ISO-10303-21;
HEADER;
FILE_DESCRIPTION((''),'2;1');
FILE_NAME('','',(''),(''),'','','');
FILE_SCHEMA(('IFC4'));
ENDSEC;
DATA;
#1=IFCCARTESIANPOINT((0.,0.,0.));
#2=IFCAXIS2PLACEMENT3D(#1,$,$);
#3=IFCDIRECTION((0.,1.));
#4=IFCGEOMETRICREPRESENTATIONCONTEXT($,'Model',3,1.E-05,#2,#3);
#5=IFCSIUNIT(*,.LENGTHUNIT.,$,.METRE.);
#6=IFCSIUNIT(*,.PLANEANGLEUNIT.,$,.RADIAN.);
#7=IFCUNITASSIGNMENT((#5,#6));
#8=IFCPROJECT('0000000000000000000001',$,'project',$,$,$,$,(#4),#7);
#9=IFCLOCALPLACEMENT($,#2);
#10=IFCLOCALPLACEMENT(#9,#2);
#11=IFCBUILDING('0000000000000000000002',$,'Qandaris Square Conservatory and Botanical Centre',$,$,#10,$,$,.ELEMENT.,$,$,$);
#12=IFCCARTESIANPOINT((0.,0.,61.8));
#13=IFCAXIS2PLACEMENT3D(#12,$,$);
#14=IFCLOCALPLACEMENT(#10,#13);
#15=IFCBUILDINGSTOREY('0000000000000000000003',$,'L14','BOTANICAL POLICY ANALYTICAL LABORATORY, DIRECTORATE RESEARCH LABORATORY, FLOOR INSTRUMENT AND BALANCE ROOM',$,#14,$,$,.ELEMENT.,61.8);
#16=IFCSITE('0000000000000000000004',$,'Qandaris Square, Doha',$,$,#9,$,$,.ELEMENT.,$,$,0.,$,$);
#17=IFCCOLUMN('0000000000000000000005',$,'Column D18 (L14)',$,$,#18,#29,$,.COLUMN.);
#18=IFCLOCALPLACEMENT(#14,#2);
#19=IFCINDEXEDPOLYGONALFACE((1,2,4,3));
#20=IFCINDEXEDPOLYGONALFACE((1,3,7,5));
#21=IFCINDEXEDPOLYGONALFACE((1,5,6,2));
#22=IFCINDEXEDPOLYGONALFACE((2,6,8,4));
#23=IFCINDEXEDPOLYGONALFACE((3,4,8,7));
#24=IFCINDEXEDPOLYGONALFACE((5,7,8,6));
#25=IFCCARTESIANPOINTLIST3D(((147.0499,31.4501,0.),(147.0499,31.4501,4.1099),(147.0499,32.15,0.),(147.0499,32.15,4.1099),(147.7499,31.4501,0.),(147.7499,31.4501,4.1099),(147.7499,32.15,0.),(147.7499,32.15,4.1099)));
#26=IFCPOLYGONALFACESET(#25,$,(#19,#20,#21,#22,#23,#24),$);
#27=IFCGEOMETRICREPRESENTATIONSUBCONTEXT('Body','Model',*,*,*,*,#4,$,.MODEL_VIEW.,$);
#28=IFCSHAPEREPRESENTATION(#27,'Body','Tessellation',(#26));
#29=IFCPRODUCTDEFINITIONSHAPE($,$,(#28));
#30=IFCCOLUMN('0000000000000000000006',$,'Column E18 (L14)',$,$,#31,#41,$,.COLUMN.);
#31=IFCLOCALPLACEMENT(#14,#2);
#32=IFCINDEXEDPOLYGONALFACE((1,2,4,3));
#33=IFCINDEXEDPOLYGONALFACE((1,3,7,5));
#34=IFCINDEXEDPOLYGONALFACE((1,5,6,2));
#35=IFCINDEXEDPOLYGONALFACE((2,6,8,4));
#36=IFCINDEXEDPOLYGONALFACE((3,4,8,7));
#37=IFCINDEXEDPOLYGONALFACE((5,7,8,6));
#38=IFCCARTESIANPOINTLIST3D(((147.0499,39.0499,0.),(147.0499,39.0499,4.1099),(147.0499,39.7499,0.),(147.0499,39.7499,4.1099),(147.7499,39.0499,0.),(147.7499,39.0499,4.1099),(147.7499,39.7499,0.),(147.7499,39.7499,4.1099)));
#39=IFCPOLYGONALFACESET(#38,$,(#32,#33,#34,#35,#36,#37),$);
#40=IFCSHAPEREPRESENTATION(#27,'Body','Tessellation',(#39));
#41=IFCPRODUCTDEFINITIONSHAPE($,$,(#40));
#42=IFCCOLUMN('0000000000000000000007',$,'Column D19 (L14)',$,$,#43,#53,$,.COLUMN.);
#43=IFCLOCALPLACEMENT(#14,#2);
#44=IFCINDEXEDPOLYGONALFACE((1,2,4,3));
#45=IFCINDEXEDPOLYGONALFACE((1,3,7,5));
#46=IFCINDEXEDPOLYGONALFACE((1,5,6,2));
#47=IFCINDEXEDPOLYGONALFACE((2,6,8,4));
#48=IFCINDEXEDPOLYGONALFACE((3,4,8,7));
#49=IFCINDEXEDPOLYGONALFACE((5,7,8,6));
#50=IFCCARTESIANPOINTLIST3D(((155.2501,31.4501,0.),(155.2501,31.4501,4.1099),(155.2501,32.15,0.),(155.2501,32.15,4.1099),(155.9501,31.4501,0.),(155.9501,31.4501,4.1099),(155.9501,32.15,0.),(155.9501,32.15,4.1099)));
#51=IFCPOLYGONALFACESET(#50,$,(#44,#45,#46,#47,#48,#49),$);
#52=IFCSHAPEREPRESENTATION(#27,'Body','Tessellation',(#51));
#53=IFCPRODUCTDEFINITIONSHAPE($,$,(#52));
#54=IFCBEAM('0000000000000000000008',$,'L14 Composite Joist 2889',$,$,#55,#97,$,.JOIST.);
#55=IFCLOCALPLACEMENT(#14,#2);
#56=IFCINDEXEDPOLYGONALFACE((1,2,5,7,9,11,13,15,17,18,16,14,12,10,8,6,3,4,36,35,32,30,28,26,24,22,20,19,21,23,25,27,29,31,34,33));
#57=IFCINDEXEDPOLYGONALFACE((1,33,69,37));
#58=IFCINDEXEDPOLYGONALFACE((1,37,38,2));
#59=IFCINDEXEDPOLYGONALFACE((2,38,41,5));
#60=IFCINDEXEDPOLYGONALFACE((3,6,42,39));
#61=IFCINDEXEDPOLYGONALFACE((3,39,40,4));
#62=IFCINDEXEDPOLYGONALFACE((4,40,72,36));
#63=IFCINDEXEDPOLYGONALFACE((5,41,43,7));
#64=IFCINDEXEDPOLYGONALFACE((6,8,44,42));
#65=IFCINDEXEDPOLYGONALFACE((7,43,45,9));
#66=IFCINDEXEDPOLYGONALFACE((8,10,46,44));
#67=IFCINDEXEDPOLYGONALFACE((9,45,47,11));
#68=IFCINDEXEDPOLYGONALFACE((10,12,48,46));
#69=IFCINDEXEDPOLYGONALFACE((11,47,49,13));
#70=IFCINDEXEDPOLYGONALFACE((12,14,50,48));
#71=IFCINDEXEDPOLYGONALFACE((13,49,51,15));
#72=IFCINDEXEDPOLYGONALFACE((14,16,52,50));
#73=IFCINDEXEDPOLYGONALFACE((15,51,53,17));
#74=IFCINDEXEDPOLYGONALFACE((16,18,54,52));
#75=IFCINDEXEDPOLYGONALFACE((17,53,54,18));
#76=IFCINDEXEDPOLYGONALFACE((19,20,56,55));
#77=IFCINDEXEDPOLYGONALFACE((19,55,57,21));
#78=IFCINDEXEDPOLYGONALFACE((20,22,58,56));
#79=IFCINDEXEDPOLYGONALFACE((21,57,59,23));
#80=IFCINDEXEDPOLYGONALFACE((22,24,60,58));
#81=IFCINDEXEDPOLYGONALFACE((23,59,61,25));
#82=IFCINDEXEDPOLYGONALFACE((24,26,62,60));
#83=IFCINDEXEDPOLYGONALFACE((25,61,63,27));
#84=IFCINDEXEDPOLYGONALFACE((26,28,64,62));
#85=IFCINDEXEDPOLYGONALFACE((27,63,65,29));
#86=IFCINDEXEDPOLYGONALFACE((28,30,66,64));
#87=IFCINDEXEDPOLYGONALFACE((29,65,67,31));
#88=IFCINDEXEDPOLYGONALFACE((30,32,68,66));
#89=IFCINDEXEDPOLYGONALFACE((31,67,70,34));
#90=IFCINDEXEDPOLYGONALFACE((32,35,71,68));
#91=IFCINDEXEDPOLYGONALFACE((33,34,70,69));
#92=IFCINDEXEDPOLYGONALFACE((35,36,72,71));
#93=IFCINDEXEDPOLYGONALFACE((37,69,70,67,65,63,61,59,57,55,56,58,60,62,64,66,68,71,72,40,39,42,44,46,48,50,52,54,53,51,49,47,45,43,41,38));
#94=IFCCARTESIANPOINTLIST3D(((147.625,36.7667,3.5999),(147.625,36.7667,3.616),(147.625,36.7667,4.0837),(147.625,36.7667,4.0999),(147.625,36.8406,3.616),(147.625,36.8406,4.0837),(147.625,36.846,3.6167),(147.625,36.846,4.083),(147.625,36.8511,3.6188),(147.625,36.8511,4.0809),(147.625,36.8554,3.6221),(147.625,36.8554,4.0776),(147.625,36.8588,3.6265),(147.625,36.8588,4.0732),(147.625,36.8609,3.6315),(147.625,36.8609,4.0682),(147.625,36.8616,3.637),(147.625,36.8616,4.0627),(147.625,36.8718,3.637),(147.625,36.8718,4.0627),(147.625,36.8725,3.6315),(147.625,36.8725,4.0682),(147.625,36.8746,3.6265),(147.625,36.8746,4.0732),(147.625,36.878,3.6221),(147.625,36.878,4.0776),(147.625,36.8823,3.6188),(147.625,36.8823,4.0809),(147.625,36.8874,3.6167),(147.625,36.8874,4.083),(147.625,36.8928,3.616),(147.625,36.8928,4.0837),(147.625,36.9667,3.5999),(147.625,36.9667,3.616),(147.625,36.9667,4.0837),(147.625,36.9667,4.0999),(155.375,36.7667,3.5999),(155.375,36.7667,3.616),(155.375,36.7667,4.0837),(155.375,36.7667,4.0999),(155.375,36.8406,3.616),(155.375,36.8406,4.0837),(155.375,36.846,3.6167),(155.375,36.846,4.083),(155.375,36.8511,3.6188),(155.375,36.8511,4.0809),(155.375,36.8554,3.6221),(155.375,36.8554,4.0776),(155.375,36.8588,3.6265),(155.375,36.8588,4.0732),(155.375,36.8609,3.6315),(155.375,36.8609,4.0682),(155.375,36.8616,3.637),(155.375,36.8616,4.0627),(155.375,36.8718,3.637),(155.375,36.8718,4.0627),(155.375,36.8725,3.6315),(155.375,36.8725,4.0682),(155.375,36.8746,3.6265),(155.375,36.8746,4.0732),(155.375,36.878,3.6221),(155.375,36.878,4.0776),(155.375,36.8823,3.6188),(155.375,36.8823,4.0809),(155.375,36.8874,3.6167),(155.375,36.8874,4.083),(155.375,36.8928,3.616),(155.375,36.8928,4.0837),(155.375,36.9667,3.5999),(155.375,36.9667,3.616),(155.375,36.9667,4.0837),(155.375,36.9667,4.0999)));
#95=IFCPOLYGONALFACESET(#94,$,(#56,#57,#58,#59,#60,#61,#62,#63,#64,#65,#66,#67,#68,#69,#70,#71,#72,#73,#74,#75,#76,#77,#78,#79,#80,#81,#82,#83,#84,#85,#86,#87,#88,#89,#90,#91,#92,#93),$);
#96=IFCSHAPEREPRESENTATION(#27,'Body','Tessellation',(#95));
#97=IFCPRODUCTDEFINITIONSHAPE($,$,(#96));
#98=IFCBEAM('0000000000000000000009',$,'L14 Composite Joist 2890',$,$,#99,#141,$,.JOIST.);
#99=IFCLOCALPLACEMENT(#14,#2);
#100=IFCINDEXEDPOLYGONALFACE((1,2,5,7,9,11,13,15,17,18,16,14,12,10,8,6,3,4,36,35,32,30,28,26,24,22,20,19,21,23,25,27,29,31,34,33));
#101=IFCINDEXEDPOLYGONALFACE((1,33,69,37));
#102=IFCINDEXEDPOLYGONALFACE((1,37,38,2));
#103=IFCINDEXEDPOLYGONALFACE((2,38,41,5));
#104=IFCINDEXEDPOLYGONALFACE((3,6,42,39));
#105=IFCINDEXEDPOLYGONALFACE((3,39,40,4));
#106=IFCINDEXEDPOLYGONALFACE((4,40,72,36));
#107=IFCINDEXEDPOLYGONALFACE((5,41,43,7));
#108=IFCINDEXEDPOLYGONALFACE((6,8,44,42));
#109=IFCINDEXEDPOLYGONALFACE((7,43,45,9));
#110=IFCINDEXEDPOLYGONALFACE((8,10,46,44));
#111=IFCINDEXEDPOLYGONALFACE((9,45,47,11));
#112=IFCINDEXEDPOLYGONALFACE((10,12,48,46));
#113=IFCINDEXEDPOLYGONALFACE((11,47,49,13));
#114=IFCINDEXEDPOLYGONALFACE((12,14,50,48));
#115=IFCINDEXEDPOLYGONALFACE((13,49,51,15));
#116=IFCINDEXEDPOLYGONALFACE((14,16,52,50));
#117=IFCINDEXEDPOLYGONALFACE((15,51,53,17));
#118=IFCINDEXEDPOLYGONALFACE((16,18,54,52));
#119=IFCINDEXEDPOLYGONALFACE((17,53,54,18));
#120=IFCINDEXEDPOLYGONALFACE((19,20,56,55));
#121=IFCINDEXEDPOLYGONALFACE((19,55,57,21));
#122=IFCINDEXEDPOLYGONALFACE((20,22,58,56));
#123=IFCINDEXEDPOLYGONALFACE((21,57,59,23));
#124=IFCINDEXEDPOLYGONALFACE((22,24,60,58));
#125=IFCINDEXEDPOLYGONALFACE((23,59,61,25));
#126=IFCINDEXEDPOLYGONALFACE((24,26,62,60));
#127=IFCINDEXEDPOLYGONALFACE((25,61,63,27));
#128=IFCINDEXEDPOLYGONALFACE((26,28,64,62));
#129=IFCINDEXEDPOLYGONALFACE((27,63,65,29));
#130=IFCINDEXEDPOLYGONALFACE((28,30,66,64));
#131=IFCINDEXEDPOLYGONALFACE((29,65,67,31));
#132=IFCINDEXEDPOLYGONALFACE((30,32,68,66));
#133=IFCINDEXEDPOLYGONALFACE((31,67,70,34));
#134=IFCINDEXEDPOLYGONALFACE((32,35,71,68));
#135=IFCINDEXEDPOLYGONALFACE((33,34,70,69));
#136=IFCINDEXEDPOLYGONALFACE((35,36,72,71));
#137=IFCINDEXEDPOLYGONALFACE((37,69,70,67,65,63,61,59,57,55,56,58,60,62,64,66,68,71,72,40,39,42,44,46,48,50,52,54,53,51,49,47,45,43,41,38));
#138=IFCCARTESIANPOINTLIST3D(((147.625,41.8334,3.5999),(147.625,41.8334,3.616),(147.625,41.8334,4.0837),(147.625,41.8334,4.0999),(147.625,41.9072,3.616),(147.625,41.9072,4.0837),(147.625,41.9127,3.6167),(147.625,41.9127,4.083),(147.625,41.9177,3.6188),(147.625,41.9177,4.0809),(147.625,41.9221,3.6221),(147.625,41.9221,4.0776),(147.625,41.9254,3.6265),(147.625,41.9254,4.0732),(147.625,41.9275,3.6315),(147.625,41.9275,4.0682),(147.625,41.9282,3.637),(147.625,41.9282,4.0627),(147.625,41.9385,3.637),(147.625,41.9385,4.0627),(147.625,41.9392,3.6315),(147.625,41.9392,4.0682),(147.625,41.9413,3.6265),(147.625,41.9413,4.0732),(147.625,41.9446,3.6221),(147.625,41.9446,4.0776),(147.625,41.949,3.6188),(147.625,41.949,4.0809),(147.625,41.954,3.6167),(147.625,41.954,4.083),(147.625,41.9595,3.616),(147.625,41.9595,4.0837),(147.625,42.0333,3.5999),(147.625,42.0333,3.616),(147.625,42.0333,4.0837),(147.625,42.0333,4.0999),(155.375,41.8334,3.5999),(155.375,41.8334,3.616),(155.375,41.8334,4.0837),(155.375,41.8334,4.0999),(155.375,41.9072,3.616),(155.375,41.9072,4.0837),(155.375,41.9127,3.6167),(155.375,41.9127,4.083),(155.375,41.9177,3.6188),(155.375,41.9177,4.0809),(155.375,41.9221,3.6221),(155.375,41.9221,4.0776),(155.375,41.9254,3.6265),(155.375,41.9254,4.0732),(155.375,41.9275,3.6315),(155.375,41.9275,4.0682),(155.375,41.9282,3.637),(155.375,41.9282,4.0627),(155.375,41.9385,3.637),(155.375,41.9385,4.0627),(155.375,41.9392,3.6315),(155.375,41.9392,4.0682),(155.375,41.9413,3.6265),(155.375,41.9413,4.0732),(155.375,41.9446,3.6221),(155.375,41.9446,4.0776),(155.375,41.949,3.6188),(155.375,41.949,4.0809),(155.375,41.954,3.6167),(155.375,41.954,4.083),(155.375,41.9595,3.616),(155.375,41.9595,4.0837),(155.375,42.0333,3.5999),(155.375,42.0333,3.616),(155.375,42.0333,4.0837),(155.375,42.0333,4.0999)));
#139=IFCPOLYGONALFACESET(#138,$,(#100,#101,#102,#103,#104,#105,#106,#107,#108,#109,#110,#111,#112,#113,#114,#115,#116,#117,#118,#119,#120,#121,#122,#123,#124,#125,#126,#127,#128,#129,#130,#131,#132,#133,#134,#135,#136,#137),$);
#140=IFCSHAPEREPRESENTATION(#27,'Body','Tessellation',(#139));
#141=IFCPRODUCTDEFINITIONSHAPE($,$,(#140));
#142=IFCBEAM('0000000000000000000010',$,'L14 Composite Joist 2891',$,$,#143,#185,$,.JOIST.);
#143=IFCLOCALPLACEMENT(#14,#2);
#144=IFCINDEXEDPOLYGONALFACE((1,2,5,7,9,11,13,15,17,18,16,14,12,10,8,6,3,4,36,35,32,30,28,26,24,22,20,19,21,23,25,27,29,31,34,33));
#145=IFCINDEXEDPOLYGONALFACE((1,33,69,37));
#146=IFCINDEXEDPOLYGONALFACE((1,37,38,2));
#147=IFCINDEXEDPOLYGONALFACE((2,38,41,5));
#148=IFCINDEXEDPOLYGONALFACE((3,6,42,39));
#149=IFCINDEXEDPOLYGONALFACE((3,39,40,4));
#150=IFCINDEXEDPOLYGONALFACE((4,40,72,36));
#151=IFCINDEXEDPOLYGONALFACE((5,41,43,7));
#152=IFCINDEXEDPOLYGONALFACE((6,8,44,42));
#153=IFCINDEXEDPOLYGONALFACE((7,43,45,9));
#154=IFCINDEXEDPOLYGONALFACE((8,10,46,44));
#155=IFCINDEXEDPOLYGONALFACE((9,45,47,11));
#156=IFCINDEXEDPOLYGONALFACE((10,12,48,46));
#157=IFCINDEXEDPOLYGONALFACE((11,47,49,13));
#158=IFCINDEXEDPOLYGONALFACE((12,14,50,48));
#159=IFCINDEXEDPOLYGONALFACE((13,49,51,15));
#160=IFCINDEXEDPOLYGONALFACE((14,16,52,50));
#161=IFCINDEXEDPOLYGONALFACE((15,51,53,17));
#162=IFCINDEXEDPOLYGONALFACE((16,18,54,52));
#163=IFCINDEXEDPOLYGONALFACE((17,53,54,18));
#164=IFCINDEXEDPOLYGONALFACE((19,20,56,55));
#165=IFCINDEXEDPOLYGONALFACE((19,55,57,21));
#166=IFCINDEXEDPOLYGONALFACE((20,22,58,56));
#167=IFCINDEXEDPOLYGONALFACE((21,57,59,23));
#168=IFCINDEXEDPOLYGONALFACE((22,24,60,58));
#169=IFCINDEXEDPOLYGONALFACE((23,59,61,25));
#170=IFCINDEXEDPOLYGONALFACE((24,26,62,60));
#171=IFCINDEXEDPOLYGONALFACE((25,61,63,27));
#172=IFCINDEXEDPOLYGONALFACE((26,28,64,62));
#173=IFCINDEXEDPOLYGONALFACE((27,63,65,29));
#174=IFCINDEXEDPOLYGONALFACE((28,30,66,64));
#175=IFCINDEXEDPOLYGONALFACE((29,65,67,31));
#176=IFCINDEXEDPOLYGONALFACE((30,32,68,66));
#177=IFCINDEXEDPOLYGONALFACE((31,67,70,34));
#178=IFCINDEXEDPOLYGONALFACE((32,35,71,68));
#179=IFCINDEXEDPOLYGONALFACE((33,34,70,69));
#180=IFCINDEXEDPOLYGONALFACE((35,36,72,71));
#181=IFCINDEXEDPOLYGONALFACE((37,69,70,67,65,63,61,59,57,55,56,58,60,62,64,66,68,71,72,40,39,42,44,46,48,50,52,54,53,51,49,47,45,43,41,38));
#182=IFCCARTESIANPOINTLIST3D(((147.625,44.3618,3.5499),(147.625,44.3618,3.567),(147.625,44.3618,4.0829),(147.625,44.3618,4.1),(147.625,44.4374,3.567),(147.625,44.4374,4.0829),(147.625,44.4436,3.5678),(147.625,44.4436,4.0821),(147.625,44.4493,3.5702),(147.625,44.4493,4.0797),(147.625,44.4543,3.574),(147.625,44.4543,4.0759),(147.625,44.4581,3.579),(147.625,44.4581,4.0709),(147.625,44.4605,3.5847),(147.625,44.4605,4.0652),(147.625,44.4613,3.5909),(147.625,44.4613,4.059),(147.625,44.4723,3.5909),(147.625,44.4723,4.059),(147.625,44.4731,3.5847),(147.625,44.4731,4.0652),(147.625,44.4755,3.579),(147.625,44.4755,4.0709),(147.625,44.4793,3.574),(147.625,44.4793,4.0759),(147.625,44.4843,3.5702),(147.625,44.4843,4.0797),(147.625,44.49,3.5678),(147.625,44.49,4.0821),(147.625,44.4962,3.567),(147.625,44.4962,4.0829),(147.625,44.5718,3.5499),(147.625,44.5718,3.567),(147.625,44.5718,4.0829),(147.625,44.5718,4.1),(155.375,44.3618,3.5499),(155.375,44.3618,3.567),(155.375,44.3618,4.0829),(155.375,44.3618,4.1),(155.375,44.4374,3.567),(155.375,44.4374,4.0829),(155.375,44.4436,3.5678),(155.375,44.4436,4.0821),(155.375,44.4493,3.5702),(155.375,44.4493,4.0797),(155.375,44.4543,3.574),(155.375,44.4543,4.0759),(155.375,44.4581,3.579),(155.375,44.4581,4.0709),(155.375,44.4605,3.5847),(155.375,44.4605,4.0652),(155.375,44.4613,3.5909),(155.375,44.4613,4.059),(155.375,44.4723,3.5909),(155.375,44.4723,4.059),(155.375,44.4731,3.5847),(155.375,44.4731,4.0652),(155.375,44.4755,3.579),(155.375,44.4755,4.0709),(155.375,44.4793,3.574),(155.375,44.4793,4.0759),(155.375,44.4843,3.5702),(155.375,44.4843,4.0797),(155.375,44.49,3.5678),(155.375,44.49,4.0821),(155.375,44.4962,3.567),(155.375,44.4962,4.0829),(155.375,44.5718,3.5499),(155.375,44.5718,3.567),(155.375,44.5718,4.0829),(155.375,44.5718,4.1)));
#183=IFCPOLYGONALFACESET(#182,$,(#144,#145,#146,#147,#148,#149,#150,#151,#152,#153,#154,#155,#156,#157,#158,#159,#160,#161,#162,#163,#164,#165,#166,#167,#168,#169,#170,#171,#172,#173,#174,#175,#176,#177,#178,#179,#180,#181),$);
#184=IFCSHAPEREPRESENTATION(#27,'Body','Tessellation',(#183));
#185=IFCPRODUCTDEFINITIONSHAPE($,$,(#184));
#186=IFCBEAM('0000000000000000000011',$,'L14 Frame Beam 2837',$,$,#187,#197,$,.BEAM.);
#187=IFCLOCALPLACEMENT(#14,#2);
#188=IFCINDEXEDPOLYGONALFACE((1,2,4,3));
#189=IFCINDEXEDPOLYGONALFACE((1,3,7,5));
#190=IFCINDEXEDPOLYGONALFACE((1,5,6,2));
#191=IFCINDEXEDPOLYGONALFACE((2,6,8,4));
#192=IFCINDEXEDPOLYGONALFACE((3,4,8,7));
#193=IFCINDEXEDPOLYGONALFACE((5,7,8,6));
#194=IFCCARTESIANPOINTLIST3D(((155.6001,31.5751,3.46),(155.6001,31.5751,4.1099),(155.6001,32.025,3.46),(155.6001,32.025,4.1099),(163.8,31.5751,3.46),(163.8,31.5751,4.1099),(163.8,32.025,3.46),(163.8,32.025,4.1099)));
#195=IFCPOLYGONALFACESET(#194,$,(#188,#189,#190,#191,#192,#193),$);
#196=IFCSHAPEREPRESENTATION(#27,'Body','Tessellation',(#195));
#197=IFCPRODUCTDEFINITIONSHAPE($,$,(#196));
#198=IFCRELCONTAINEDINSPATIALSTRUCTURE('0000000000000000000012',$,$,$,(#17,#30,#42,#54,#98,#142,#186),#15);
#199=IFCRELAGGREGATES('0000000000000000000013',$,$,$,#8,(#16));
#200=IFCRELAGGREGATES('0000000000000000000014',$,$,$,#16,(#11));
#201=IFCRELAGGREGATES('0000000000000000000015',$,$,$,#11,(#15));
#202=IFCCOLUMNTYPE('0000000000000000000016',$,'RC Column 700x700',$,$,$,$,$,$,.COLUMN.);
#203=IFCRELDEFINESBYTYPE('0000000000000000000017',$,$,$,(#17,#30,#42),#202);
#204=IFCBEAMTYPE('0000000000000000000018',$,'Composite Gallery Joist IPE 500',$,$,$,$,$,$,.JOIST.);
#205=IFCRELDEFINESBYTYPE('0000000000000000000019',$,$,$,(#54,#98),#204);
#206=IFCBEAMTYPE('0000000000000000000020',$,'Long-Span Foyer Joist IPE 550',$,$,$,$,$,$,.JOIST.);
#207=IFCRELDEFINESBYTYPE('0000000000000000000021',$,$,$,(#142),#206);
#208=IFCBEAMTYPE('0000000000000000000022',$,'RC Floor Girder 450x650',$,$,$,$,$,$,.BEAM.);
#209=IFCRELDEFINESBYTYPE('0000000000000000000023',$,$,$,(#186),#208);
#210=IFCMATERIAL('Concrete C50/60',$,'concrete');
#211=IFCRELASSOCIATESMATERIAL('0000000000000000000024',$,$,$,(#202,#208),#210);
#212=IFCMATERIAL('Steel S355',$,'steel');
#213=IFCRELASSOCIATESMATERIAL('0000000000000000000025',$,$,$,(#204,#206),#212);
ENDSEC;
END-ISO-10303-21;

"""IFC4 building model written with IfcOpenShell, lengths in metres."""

from ifc_helpers import new_model, si_unit, direction, frame, origin, origin_2d, place, context, subcontext, project, spatial, rectangle, i_section, extrude, material, material_profile, profile_set, type_object, element, save


model = new_model("IFC4")

# Units and contexts
model_context = context("Model", 3, precision=1e-05, world=origin(), true_north=direction((0.0, 1.0)))
body_context = subcontext(model_context, "Body", "Model", "MODEL_VIEW")
ifc_project = project(units=[si_unit("LENGTHUNIT", "METRE"), si_unit("PLANEANGLEUNIT", "RADIAN")], contexts=[model_context])

# Site, building, storey
site_placement = place(None, origin())
site = spatial("IfcSite", under=ifc_project, at=site_placement, Name="Qandaris Square, Doha", CompositionType="ELEMENT", RefElevation=0.0)
building_placement = place(site_placement, origin())
building = spatial("IfcBuilding", under=site, at=building_placement, Name="Qandaris Square Conservatory and Botanical Centre", CompositionType="ELEMENT")
storey_placement = place(building_placement, frame((0.0, 0.0, 61.8)))
storey = spatial("IfcBuildingStorey", under=building, at=storey_placement, Name="L14", Description="BOTANICAL POLICY ANALYTICAL LABORATORY, DIRECTORATE RESEARCH LABORATORY, FLOOR INSTRUMENT AND BALANCE ROOM", CompositionType="ELEMENT", Elevation=61.8)

# Columns
ifc_material_1 = material(Name="Concrete C50/60", Category="concrete")
ifc_material_profile_1 = material_profile(ifc_material_1, rectangle(XDim=0.7, YDim=0.7, at=origin_2d()), Name="RC-COL 700x700")
ifc_profile_set_1 = profile_set([ifc_material_profile_1], Name="Concrete C50/60")
column_type = type_object("IfcColumnType", Name="RC Column 700x700", PredefinedType="COLUMN", material=ifc_profile_set_1)
for number, where, z_axis, x_axis, name in (
    (1, (147.3999, 31.8, 0.0), (0.0, 0.0, 1.0), (1.0, 0.0, 0.0), "Column D18 (L14)"),
    (2, (147.3999, 39.3999, 0.0), (0.0, 0.0, 1.0), (1.0, 0.0, 0.0), "Column E18 (L14)"),
    (3, (155.6001, 31.8, 0.0), (0.0, 0.0, 1.0), (1.0, 0.0, 0.0), "Column D19 (L14)"),
):
    element("IfcColumn", number, at=place(storey_placement, frame(where, z_axis=z_axis, x_axis=x_axis)), inside=storey, type_object=column_type, Name=name, PredefinedType="COLUMN", context=body_context, shape_type="SweptSolid", body=[
        extrude(rectangle(XDim=0.7, YDim=0.7, at=origin_2d()), origin(), (0.0, 0.0, 1.0), 4.1099),
    ])

# Beams
ifc_material_2 = material(Name="Steel S355", Category="steel")
ifc_material_profile_2 = material_profile(ifc_material_2, i_section(OverallWidth=0.2, OverallDepth=0.5, WebThickness=0.0103, FlangeThickness=0.0161, FilletRadius=0.021, at=origin_2d()), Name="IPE 500")
ifc_profile_set_2 = profile_set([ifc_material_profile_2], Name="Steel S355")
beam_type_1 = type_object("IfcBeamType", Name="Composite Gallery Joist IPE 500", PredefinedType="JOIST", material=ifc_profile_set_2)
for number, where, z_axis, x_axis, name in (
    (4, (147.625, 36.8667, 3.8499), (1.0, 0.0, 0.0), (0.0, 1.0, 0.0), "L14 Composite Joist 2889"),
    (5, (147.625, 41.9333, 3.8499), (1.0, 0.0, 0.0), (0.0, 1.0, 0.0), "L14 Composite Joist 2890"),
):
    element("IfcBeam", number, at=place(storey_placement, frame(where, z_axis=z_axis, x_axis=x_axis)), inside=storey, type_object=beam_type_1, Name=name, PredefinedType="JOIST", context=body_context, shape_type="SweptSolid", body=[
        extrude(i_section(OverallWidth=0.2, OverallDepth=0.5, WebThickness=0.0103, FlangeThickness=0.0161, FilletRadius=0.021, at=origin_2d()), origin(), (0.0, 0.0, 1.0), 7.75),
    ])
ifc_material_profile_3 = material_profile(ifc_material_2, i_section(OverallWidth=0.21, OverallDepth=0.55, WebThickness=0.011, FlangeThickness=0.0171, FilletRadius=0.0239, at=origin_2d()), Name="IPE 550")
ifc_profile_set_3 = profile_set([ifc_material_profile_3], Name="Steel S355")
beam_type_2 = type_object("IfcBeamType", Name="Long-Span Foyer Joist IPE 550", PredefinedType="JOIST", material=ifc_profile_set_3)
beam_1_placement = place(storey_placement, frame((147.625, 44.4668, 3.825), z_axis=(1.0, 0.0, 0.0), x_axis=(0.0, 1.0, 0.0)))
element("IfcBeam", 6, at=beam_1_placement, inside=storey, type_object=beam_type_2, Name="L14 Composite Joist 2891", PredefinedType="JOIST", context=body_context, shape_type="SweptSolid", body=[
    extrude(i_section(OverallWidth=0.21, OverallDepth=0.55, WebThickness=0.011, FlangeThickness=0.0171, FilletRadius=0.0239, at=origin_2d()), origin(), (0.0, 0.0, 1.0), 7.75),
])
ifc_material_profile_4 = material_profile(ifc_material_1, rectangle(XDim=0.45, YDim=0.6499, at=origin_2d()), Name="RC-BM 450x650")
ifc_profile_set_4 = profile_set([ifc_material_profile_4], Name="Concrete C50/60")
beam_type_3 = type_object("IfcBeamType", Name="RC Floor Girder 450x650", PredefinedType="BEAM", material=ifc_profile_set_4)
beam_2_placement = place(storey_placement, frame((155.6001, 31.8, 3.7849), z_axis=(1.0, 0.0, 0.0), x_axis=(0.0, 1.0, 0.0)))
element("IfcBeam", 7, at=beam_2_placement, inside=storey, type_object=beam_type_3, Name="L14 Frame Beam 2837", PredefinedType="BEAM", context=body_context, shape_type="SweptSolid", body=[
    extrude(rectangle(XDim=0.45, YDim=0.6499, at=origin_2d()), origin(), (0.0, 0.0, 1.0), 8.2),
])

save(model, "model.ifc")
